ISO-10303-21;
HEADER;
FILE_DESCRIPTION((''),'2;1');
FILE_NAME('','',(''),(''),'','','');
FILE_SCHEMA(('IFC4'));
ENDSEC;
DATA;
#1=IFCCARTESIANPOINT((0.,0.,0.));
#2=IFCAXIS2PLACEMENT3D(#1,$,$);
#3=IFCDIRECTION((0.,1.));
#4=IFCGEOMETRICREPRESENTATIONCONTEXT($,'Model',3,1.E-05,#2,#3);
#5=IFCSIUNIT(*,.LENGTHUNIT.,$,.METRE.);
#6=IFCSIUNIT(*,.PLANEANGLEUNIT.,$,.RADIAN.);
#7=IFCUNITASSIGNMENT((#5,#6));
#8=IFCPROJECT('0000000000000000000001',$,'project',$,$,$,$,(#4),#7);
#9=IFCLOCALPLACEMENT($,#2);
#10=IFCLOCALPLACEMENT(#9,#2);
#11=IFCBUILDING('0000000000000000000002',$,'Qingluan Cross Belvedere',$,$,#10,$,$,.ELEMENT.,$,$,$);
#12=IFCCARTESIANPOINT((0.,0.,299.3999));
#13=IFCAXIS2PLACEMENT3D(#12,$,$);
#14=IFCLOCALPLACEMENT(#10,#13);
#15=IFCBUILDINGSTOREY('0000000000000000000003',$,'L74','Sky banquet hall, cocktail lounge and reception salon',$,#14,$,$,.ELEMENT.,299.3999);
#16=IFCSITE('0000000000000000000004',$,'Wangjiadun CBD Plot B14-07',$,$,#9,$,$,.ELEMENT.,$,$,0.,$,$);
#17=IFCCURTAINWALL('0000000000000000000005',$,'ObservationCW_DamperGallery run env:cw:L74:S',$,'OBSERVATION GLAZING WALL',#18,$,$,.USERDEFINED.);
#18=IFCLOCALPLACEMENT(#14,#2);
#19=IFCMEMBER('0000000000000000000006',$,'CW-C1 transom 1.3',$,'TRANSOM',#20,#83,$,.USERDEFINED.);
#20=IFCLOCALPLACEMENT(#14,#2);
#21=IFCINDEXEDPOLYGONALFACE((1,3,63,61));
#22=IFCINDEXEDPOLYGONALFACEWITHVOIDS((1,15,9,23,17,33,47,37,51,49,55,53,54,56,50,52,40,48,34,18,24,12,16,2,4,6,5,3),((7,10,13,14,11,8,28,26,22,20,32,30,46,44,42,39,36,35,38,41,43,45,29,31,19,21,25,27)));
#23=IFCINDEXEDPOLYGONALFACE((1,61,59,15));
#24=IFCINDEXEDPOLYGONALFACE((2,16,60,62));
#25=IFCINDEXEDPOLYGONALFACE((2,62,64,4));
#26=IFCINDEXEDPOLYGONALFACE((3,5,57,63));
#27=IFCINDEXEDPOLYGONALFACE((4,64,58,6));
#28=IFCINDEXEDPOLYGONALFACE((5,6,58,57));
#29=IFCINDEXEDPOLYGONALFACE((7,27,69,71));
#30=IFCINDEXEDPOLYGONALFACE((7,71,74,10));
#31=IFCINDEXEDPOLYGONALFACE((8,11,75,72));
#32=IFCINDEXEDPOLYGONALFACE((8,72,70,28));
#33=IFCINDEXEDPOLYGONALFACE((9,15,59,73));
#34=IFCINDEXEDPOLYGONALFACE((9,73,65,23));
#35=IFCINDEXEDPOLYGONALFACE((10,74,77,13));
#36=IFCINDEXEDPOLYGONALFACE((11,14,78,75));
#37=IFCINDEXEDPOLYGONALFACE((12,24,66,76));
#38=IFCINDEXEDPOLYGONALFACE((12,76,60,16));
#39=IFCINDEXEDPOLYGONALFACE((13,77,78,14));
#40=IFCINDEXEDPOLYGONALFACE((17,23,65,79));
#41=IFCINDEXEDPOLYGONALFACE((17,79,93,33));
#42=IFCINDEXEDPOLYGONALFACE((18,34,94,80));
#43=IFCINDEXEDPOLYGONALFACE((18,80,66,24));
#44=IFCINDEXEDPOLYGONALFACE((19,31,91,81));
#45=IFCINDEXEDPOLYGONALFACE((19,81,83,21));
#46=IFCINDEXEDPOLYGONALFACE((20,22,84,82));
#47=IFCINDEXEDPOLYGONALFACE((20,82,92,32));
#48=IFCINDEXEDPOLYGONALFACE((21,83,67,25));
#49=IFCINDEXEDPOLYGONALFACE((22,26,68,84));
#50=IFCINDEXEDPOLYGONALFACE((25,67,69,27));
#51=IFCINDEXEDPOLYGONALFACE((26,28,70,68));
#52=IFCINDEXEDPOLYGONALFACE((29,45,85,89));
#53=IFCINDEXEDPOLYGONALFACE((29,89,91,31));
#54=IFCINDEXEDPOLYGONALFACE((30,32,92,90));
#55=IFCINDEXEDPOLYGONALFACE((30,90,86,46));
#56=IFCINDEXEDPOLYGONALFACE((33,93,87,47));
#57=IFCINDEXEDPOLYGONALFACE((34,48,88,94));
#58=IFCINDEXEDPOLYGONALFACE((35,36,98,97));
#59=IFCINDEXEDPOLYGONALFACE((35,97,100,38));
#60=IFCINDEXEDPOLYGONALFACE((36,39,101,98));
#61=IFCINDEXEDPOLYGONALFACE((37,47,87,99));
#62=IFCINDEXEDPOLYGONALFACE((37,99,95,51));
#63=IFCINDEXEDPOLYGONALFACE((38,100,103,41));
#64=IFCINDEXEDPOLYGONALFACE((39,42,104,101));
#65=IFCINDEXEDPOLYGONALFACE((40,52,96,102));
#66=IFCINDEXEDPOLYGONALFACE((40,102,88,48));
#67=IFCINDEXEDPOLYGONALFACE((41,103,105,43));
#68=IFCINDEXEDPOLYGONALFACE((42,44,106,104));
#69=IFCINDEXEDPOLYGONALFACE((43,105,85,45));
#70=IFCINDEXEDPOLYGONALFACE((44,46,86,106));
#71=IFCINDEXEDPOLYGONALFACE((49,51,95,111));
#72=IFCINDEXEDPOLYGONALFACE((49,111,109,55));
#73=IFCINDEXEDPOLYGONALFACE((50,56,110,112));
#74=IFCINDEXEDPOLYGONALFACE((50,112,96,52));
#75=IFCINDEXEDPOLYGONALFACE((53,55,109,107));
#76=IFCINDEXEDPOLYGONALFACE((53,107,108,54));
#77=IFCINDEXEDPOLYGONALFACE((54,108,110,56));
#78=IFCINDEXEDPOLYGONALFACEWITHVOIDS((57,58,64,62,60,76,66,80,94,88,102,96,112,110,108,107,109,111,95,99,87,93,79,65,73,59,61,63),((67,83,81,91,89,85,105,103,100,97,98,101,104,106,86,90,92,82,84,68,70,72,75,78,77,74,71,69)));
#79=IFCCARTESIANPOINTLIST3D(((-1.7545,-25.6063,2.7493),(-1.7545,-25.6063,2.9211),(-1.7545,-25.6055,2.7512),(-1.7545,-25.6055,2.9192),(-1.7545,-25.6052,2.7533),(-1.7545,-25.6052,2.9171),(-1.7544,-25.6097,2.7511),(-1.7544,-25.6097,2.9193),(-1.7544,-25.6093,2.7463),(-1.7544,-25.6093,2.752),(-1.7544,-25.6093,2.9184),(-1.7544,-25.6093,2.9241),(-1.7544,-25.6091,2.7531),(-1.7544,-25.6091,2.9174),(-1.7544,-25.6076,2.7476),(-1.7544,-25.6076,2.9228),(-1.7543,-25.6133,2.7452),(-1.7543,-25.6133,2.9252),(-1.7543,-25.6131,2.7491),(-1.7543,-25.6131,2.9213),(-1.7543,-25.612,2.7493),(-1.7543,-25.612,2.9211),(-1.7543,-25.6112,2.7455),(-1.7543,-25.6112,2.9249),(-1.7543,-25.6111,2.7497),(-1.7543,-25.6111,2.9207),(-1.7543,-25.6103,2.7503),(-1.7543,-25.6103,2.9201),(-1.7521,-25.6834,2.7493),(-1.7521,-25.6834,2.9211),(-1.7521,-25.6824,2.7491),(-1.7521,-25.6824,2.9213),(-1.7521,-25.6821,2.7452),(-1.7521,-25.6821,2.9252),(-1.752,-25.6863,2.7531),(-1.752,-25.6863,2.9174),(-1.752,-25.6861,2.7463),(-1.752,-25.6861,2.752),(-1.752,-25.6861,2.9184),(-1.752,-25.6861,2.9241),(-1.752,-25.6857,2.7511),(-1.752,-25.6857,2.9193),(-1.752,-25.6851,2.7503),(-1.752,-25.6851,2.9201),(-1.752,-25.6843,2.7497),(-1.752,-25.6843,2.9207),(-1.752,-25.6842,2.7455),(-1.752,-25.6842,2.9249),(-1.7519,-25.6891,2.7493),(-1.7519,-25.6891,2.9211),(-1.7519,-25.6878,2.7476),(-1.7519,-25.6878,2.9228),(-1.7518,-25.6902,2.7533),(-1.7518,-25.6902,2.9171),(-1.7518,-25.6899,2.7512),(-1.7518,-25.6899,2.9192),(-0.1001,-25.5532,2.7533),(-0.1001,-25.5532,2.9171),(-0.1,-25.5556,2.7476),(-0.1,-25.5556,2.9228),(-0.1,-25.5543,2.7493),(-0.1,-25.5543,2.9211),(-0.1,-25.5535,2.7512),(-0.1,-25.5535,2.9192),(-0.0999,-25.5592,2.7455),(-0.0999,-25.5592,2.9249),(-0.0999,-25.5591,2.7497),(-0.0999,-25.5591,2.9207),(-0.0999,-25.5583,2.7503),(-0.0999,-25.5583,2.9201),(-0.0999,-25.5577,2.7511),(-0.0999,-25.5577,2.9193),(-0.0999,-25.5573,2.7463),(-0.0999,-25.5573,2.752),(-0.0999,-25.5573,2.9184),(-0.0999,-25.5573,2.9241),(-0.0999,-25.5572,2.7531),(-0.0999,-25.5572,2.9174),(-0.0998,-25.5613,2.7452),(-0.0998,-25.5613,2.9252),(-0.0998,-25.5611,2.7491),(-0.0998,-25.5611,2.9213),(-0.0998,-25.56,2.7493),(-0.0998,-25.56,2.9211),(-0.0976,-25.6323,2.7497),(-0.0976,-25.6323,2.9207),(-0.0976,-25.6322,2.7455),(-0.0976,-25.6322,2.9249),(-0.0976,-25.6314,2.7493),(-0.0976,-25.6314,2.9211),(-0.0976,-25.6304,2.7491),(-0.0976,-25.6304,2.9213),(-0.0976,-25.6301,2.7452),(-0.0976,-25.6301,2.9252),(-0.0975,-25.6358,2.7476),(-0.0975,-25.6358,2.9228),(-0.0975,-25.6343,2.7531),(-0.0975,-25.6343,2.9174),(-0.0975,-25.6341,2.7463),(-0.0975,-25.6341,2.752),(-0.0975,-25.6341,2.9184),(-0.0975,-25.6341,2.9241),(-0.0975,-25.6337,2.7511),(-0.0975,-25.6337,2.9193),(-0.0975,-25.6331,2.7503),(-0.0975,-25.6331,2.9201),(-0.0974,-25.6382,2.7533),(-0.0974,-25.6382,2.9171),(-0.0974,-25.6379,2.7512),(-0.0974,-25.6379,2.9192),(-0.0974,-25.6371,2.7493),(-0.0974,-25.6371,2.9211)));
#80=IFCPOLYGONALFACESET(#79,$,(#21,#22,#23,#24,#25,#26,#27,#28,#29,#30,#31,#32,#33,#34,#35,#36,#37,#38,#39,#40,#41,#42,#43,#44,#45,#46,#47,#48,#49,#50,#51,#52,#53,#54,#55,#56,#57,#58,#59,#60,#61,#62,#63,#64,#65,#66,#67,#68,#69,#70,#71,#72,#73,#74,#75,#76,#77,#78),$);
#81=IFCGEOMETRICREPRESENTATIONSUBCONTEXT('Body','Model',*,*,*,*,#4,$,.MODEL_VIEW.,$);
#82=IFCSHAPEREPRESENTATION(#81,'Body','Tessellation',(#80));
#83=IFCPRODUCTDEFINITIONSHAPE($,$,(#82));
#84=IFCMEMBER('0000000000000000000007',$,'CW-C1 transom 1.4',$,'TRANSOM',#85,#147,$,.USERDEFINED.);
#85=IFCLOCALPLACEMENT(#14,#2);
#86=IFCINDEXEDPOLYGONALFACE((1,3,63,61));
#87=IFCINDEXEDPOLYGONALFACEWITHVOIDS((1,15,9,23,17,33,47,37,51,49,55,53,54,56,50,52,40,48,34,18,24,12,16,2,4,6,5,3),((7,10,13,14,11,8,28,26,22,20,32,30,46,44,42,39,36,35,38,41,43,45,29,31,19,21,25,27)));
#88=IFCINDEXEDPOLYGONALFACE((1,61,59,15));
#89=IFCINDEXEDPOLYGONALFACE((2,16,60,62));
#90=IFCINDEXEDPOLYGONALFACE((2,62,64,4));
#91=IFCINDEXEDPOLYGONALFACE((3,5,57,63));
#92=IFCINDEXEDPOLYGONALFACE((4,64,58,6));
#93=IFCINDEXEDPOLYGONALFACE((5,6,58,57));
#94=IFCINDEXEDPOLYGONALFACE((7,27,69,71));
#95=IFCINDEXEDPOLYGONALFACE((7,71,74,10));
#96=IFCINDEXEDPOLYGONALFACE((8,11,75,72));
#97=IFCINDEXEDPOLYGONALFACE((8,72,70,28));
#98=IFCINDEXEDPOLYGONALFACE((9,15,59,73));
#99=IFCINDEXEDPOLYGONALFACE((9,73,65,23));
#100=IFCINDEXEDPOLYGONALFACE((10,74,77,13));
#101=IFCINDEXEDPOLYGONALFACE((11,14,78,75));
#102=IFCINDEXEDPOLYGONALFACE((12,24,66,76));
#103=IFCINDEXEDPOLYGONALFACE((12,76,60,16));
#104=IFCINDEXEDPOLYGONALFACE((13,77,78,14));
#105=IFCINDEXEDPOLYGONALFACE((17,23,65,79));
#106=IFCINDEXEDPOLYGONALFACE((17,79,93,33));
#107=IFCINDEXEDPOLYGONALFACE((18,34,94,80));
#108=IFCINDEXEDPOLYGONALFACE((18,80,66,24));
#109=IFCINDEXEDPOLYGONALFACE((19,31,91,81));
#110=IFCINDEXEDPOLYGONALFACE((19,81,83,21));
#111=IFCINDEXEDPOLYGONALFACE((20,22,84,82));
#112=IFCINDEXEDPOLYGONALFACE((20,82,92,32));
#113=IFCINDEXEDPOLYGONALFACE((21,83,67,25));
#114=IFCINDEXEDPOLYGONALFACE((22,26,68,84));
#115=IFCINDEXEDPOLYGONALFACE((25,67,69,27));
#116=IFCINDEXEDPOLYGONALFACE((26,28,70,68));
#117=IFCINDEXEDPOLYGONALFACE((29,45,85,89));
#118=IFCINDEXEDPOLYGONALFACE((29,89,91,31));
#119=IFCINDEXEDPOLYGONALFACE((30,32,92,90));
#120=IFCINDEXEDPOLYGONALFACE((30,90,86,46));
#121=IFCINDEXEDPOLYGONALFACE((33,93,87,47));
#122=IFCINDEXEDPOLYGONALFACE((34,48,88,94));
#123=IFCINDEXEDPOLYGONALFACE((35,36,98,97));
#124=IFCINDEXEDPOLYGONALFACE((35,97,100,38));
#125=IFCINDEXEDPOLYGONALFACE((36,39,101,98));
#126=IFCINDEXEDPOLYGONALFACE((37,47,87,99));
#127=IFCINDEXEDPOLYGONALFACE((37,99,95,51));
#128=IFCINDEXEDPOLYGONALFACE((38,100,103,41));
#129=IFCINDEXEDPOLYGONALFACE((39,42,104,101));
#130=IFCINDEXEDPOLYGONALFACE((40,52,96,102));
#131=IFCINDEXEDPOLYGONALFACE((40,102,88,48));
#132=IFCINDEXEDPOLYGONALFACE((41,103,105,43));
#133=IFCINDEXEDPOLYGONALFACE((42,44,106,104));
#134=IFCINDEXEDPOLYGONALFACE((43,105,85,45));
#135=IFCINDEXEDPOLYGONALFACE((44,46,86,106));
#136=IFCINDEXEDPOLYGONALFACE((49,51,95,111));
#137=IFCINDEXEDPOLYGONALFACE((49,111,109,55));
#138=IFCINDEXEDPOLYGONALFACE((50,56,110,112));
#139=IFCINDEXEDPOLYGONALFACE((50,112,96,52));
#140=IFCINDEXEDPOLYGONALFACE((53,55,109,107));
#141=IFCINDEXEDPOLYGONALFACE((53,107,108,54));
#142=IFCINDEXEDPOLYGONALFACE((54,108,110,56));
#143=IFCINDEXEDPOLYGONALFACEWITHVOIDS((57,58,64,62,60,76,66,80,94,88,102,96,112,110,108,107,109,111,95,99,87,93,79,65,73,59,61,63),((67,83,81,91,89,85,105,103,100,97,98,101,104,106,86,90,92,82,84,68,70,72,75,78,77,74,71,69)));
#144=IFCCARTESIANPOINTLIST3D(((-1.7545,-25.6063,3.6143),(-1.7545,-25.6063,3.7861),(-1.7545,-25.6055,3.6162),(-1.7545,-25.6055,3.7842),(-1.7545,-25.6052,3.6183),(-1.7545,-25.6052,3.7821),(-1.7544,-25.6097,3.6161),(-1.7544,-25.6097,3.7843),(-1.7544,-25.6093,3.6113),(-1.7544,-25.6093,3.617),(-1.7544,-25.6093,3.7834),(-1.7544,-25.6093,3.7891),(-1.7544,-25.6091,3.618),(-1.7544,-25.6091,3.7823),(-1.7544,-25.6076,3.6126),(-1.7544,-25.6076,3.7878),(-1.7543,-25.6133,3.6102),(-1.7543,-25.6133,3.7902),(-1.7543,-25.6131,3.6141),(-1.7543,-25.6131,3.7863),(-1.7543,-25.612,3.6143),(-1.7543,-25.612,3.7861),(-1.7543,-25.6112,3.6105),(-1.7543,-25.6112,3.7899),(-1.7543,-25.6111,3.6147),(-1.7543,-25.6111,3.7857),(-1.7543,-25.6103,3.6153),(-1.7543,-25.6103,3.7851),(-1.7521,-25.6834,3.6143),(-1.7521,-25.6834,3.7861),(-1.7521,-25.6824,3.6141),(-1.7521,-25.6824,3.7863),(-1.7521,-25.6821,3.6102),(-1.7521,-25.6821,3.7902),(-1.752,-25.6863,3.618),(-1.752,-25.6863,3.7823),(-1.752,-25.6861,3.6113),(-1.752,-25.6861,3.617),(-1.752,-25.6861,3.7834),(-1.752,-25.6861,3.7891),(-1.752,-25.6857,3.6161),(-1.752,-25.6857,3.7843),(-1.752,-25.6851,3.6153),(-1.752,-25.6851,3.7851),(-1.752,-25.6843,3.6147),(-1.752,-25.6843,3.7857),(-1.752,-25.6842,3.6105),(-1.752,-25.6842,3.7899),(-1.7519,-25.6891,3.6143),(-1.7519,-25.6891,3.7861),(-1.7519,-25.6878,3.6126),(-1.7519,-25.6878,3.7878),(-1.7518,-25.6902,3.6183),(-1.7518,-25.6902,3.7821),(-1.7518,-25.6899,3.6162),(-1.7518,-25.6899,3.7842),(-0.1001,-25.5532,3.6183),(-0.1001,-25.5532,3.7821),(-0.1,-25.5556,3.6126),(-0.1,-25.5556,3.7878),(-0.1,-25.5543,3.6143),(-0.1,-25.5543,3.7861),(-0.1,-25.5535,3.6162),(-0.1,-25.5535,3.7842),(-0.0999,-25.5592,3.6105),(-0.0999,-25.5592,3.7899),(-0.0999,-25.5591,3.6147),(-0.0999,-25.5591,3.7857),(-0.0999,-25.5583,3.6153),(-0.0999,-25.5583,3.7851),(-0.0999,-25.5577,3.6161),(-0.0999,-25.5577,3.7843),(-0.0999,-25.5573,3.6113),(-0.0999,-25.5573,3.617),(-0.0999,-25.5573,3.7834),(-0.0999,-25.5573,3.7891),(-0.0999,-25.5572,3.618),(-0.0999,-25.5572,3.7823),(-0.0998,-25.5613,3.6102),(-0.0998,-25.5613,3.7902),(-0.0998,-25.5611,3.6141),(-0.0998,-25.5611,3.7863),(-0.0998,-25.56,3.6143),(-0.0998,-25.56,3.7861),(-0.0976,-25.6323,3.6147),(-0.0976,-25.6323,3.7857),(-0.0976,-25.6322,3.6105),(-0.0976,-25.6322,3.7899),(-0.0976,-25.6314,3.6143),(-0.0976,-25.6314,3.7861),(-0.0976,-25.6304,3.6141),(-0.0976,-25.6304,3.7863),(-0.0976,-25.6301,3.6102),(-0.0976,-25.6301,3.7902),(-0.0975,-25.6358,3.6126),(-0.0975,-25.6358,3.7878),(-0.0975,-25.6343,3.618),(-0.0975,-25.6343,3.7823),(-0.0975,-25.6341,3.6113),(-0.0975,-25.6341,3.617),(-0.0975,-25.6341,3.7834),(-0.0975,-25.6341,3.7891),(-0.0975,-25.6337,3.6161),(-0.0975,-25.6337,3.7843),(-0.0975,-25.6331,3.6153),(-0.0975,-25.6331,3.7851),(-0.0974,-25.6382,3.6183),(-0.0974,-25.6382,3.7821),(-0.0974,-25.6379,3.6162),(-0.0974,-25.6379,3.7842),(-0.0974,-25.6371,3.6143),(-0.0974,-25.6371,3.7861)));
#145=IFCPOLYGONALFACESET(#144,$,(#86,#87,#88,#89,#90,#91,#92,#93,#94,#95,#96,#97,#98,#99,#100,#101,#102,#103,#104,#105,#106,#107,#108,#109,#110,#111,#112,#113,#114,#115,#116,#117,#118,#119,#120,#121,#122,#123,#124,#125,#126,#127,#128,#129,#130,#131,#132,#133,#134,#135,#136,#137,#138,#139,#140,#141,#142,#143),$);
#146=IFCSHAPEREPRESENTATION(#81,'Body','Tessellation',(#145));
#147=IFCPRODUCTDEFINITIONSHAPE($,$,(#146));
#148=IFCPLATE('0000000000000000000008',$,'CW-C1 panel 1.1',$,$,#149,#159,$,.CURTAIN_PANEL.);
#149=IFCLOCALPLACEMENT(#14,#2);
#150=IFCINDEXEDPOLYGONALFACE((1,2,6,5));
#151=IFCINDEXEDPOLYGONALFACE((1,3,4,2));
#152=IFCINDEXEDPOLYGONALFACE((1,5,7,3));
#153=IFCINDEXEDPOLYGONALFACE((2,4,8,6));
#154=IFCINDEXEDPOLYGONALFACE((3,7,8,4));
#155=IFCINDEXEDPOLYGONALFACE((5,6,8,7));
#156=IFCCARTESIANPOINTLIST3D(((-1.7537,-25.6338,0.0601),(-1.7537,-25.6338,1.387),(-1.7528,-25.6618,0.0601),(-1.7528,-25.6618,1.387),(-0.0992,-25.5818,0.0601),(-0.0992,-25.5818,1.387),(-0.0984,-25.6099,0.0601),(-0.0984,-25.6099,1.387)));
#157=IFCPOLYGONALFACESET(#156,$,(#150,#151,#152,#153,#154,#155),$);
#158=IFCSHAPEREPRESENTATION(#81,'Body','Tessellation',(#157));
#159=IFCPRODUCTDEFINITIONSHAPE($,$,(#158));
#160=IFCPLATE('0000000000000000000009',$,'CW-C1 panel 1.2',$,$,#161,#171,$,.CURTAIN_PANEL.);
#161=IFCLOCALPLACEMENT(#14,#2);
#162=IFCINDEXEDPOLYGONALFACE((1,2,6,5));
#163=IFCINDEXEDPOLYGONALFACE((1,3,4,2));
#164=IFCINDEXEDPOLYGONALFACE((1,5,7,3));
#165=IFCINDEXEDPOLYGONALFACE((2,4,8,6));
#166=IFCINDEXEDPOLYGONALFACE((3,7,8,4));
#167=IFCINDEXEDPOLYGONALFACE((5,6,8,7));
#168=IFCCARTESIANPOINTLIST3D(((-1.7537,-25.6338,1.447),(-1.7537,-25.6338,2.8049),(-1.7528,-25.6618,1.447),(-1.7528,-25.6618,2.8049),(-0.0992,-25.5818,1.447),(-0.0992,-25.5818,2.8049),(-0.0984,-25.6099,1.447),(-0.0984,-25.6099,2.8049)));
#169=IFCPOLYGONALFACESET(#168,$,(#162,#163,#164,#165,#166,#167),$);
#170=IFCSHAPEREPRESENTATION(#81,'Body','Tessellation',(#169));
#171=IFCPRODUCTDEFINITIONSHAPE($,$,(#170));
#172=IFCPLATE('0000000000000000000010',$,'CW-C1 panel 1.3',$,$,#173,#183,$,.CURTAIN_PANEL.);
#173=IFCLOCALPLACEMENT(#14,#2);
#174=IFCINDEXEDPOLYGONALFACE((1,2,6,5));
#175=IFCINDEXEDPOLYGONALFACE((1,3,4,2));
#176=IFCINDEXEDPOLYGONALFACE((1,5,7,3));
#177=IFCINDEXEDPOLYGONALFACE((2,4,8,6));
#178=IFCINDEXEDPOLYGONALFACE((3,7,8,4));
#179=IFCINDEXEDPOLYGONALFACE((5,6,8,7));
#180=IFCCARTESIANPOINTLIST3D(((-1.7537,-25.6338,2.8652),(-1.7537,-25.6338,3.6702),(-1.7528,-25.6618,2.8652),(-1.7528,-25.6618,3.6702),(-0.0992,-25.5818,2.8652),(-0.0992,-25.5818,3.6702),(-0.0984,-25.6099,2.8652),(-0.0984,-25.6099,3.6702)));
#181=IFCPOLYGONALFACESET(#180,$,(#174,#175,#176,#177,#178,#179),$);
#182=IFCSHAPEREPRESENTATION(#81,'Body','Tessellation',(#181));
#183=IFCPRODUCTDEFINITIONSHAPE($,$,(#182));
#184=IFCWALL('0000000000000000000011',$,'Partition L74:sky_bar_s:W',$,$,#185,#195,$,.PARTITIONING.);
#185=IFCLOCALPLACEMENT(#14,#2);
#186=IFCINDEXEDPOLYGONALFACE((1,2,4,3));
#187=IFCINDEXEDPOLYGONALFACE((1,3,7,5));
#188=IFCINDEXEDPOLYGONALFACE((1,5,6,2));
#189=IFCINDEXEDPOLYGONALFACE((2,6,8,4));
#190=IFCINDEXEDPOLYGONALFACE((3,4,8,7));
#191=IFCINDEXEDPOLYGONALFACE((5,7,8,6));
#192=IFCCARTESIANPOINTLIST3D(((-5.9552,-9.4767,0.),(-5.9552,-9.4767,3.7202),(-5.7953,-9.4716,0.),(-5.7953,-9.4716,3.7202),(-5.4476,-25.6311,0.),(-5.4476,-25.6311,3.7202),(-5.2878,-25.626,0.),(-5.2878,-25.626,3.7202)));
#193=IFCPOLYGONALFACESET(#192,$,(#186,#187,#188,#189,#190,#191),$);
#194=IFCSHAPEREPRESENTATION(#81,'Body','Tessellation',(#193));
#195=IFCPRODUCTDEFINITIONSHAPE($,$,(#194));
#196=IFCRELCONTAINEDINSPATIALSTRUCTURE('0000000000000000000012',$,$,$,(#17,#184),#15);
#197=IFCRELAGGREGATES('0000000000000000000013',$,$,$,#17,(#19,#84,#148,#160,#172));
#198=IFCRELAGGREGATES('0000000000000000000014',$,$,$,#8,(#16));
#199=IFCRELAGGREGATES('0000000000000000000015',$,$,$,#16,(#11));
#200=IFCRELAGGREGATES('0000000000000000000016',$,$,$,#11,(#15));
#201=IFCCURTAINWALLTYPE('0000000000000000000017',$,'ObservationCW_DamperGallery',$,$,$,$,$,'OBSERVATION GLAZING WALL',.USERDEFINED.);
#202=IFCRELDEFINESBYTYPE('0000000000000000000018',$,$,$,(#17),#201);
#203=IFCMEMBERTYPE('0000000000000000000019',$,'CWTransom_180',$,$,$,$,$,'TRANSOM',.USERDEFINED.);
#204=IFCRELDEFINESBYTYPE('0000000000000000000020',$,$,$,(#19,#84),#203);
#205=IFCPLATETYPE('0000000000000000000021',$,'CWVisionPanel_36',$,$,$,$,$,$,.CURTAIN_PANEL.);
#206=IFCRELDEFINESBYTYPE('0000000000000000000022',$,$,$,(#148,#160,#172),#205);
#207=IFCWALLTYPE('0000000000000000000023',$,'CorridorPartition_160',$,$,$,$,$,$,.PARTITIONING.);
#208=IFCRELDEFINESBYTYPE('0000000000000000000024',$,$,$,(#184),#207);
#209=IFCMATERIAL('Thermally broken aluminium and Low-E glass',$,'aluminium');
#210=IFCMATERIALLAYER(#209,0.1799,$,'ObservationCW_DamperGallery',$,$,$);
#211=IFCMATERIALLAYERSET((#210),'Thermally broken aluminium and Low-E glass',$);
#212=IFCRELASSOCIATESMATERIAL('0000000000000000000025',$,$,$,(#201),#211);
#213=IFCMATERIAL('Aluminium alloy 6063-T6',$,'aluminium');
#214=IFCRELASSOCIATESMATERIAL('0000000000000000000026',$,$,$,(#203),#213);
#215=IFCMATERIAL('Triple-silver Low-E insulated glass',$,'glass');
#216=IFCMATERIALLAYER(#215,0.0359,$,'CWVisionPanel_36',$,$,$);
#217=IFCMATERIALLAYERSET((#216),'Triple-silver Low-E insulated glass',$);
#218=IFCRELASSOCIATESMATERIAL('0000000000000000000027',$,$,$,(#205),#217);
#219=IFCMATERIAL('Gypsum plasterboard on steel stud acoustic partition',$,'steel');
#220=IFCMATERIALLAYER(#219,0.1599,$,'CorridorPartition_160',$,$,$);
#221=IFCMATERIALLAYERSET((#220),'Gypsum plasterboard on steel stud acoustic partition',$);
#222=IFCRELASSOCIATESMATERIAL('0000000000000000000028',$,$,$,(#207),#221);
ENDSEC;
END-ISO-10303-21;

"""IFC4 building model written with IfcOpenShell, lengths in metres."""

from ifc_helpers import new_model, si_unit, direction, frame, frame_2d, origin, origin_2d, place, context, subcontext, project, spatial, rectangle, hollow_rectangle, extrude, material, layer, layer_set, material_profile, profile_set, type_object, element, aggregate, save


model = new_model("IFC4")

# Units and contexts
model_context = context("Model", 3, precision=1e-05, world=origin(), true_north=direction((0.0, 1.0)))
body_context = subcontext(model_context, "Body", "Model", "MODEL_VIEW")
ifc_project = project(units=[si_unit("LENGTHUNIT", "METRE"), si_unit("PLANEANGLEUNIT", "RADIAN")], contexts=[model_context])

# Site, building, storey
site_placement = place(None, origin())
site = spatial("IfcSite", under=ifc_project, at=site_placement, Name="Wangjiadun CBD Plot B14-07", CompositionType="ELEMENT", RefElevation=0.0)
building_placement = place(site_placement, origin())
building = spatial("IfcBuilding", under=site, at=building_placement, Name="Qingluan Cross Belvedere", CompositionType="ELEMENT")
storey_placement = place(building_placement, frame((0.0, 0.0, 299.3999)))
storey = spatial("IfcBuildingStorey", under=building, at=storey_placement, Name="L74", Description="Sky banquet hall, cocktail lounge and reception salon", CompositionType="ELEMENT", Elevation=299.3999)

# Curtain wall, members, plates
ifc_material_1 = material(Name="Thermally broken aluminium and Low-E glass", Category="aluminium")
ifc_layer_1 = layer(ifc_material_1, 0.1799, Name="ObservationCW_DamperGallery")
ifc_layer_set_1 = layer_set([ifc_layer_1], Name="Thermally broken aluminium and Low-E glass")
curtain_wall_type = type_object("IfcCurtainWallType", Name="ObservationCW_DamperGallery", ElementType="OBSERVATION GLAZING WALL", PredefinedType="USERDEFINED", material=ifc_layer_set_1)
curtain_wall_placement = place(storey_placement, origin())
curtain_wall = element("IfcCurtainWall", 1, at=curtain_wall_placement, inside=storey, type_object=curtain_wall_type, Name="ObservationCW_DamperGallery run env:cw:L74:S", ObjectType="OBSERVATION GLAZING WALL", PredefinedType="USERDEFINED")
ifc_material_2 = material(Name="Aluminium alloy 6063-T6", Category="aluminium")
ifc_material_profile_1 = material_profile(ifc_material_2, hollow_rectangle(XDim=0.085, YDim=0.1799, WallThickness=0.0039, InnerFilletRadius=0.0039, OuterFilletRadius=0.0081, at=origin_2d()), Name="CWT180x85x4")
ifc_profile_set_1 = profile_set([ifc_material_profile_1], Name="Aluminium alloy 6063-T6")
member_type_1 = type_object("IfcMemberType", Name="CWTransom_180", ElementType="TRANSOM", PredefinedType="USERDEFINED", material=ifc_profile_set_1)
member_1_placement = place(storey_placement, frame((-1.7532, -25.6477, 2.8352), z_axis=(0.999506, 0.031414, 0.0), x_axis=(-0.031414, 0.999506, 0.0)))
member_1 = element("IfcMember", 2, at=member_1_placement, type_object=member_type_1, Name="CW-C1 transom 1.3", ObjectType="TRANSOM", PredefinedType="USERDEFINED", context=body_context, shape_type="SweptSolid", body=[
    extrude(hollow_rectangle(XDim=0.085, YDim=0.1799, WallThickness=0.0039, InnerFilletRadius=0.0039, OuterFilletRadius=0.0081, at=origin_2d()), origin(), (0.0, 0.0, 1.0), 1.6553),
])
member_2_placement = place(storey_placement, frame((-1.7532, -25.6477, 3.7002), z_axis=(0.999506, 0.031414, 0.0), x_axis=(-0.031414, 0.999506, 0.0)))
member_2 = element("IfcMember", 3, at=member_2_placement, type_object=member_type_1, Name="CW-C1 transom 1.4", ObjectType="TRANSOM", PredefinedType="USERDEFINED", context=body_context, shape_type="SweptSolid", body=[
    extrude(hollow_rectangle(XDim=0.085, YDim=0.1799, WallThickness=0.0039, InnerFilletRadius=0.0039, OuterFilletRadius=0.0081, at=origin_2d()), origin(), (0.0, 0.0, 1.0), 1.6553),
])
ifc_material_3 = material(Name="Triple-silver Low-E insulated glass", Category="glass")
ifc_layer_2 = layer(ifc_material_3, 0.0359, Name="CWVisionPanel_36")
ifc_layer_set_2 = layer_set([ifc_layer_2], Name="Triple-silver Low-E insulated glass")
plate_type = type_object("IfcPlateType", Name="CWVisionPanel_36", PredefinedType="CURTAIN_PANEL", material=ifc_layer_set_2)
plate_1_placement = place(storey_placement, frame((-0.926, -25.6218, 0.0601), z_axis=(0.0, 0.0, 1.0), x_axis=(0.999507, 0.031398, 0.0)))
plate_1 = element("IfcPlate", 4, at=plate_1_placement, type_object=plate_type, Name="CW-C1 panel 1.1", PredefinedType="CURTAIN_PANEL", context=body_context, shape_type="SweptSolid", body=[
    extrude(rectangle(XDim=1.6553, YDim=0.0281, at=origin_2d()), origin(), (0.0, 0.0, 1.0), 1.3269),
])
plate_2_placement = place(storey_placement, frame((-0.926, -25.6218, 1.447), z_axis=(0.0, 0.0, 1.0), x_axis=(0.999507, 0.031398, 0.0)))
plate_2 = element("IfcPlate", 5, at=plate_2_placement, type_object=plate_type, Name="CW-C1 panel 1.2", PredefinedType="CURTAIN_PANEL", context=body_context, shape_type="SweptSolid", body=[
    extrude(rectangle(XDim=1.6553, YDim=0.0281, at=origin_2d()), origin(), (0.0, 0.0, 1.0), 1.3579),
])
plate_3_placement = place(storey_placement, frame((-0.926, -25.6218, 2.8652), z_axis=(0.0, 0.0, 1.0), x_axis=(0.999507, 0.031398, 0.0)))
plate_3 = element("IfcPlate", 6, at=plate_3_placement, type_object=plate_type, Name="CW-C1 panel 1.3", PredefinedType="CURTAIN_PANEL", context=body_context, shape_type="SweptSolid", body=[
    extrude(rectangle(XDim=1.6553, YDim=0.0281, at=origin_2d()), origin(), (0.0, 0.0, 1.0), 0.8049),
])
aggregate(curtain_wall, [member_1, member_2, plate_1, plate_2, plate_3])

# Wall
ifc_material_4 = material(Name="Gypsum plasterboard on steel stud acoustic partition", Category="steel")
ifc_layer_3 = layer(ifc_material_4, 0.1599, Name="CorridorPartition_160")
ifc_layer_set_3 = layer_set([ifc_layer_3], Name="Gypsum plasterboard on steel stud acoustic partition")
wall_type_1 = type_object("IfcWallType", Name="CorridorPartition_160", PredefinedType="PARTITIONING", material=ifc_layer_set_3)
wall_1_placement = place(storey_placement, frame((-5.3677, -25.6284, 0.0), z_axis=(0.0, 0.0, 1.0), x_axis=(-0.031405, 0.999507, 0.0)))
element("IfcWall", 7, at=wall_1_placement, inside=storey, type_object=wall_type_1, Name="Partition L74:sky_bar_s:W", PredefinedType="PARTITIONING", context=body_context, shape_type="SweptSolid", body=[
    extrude(rectangle(XDim=16.1624, YDim=0.1599, at=frame_2d((8.0811, 0.0))), origin(), (0.0, 0.0, 1.0), 3.7202),
])

save(model, "model.ifc")
